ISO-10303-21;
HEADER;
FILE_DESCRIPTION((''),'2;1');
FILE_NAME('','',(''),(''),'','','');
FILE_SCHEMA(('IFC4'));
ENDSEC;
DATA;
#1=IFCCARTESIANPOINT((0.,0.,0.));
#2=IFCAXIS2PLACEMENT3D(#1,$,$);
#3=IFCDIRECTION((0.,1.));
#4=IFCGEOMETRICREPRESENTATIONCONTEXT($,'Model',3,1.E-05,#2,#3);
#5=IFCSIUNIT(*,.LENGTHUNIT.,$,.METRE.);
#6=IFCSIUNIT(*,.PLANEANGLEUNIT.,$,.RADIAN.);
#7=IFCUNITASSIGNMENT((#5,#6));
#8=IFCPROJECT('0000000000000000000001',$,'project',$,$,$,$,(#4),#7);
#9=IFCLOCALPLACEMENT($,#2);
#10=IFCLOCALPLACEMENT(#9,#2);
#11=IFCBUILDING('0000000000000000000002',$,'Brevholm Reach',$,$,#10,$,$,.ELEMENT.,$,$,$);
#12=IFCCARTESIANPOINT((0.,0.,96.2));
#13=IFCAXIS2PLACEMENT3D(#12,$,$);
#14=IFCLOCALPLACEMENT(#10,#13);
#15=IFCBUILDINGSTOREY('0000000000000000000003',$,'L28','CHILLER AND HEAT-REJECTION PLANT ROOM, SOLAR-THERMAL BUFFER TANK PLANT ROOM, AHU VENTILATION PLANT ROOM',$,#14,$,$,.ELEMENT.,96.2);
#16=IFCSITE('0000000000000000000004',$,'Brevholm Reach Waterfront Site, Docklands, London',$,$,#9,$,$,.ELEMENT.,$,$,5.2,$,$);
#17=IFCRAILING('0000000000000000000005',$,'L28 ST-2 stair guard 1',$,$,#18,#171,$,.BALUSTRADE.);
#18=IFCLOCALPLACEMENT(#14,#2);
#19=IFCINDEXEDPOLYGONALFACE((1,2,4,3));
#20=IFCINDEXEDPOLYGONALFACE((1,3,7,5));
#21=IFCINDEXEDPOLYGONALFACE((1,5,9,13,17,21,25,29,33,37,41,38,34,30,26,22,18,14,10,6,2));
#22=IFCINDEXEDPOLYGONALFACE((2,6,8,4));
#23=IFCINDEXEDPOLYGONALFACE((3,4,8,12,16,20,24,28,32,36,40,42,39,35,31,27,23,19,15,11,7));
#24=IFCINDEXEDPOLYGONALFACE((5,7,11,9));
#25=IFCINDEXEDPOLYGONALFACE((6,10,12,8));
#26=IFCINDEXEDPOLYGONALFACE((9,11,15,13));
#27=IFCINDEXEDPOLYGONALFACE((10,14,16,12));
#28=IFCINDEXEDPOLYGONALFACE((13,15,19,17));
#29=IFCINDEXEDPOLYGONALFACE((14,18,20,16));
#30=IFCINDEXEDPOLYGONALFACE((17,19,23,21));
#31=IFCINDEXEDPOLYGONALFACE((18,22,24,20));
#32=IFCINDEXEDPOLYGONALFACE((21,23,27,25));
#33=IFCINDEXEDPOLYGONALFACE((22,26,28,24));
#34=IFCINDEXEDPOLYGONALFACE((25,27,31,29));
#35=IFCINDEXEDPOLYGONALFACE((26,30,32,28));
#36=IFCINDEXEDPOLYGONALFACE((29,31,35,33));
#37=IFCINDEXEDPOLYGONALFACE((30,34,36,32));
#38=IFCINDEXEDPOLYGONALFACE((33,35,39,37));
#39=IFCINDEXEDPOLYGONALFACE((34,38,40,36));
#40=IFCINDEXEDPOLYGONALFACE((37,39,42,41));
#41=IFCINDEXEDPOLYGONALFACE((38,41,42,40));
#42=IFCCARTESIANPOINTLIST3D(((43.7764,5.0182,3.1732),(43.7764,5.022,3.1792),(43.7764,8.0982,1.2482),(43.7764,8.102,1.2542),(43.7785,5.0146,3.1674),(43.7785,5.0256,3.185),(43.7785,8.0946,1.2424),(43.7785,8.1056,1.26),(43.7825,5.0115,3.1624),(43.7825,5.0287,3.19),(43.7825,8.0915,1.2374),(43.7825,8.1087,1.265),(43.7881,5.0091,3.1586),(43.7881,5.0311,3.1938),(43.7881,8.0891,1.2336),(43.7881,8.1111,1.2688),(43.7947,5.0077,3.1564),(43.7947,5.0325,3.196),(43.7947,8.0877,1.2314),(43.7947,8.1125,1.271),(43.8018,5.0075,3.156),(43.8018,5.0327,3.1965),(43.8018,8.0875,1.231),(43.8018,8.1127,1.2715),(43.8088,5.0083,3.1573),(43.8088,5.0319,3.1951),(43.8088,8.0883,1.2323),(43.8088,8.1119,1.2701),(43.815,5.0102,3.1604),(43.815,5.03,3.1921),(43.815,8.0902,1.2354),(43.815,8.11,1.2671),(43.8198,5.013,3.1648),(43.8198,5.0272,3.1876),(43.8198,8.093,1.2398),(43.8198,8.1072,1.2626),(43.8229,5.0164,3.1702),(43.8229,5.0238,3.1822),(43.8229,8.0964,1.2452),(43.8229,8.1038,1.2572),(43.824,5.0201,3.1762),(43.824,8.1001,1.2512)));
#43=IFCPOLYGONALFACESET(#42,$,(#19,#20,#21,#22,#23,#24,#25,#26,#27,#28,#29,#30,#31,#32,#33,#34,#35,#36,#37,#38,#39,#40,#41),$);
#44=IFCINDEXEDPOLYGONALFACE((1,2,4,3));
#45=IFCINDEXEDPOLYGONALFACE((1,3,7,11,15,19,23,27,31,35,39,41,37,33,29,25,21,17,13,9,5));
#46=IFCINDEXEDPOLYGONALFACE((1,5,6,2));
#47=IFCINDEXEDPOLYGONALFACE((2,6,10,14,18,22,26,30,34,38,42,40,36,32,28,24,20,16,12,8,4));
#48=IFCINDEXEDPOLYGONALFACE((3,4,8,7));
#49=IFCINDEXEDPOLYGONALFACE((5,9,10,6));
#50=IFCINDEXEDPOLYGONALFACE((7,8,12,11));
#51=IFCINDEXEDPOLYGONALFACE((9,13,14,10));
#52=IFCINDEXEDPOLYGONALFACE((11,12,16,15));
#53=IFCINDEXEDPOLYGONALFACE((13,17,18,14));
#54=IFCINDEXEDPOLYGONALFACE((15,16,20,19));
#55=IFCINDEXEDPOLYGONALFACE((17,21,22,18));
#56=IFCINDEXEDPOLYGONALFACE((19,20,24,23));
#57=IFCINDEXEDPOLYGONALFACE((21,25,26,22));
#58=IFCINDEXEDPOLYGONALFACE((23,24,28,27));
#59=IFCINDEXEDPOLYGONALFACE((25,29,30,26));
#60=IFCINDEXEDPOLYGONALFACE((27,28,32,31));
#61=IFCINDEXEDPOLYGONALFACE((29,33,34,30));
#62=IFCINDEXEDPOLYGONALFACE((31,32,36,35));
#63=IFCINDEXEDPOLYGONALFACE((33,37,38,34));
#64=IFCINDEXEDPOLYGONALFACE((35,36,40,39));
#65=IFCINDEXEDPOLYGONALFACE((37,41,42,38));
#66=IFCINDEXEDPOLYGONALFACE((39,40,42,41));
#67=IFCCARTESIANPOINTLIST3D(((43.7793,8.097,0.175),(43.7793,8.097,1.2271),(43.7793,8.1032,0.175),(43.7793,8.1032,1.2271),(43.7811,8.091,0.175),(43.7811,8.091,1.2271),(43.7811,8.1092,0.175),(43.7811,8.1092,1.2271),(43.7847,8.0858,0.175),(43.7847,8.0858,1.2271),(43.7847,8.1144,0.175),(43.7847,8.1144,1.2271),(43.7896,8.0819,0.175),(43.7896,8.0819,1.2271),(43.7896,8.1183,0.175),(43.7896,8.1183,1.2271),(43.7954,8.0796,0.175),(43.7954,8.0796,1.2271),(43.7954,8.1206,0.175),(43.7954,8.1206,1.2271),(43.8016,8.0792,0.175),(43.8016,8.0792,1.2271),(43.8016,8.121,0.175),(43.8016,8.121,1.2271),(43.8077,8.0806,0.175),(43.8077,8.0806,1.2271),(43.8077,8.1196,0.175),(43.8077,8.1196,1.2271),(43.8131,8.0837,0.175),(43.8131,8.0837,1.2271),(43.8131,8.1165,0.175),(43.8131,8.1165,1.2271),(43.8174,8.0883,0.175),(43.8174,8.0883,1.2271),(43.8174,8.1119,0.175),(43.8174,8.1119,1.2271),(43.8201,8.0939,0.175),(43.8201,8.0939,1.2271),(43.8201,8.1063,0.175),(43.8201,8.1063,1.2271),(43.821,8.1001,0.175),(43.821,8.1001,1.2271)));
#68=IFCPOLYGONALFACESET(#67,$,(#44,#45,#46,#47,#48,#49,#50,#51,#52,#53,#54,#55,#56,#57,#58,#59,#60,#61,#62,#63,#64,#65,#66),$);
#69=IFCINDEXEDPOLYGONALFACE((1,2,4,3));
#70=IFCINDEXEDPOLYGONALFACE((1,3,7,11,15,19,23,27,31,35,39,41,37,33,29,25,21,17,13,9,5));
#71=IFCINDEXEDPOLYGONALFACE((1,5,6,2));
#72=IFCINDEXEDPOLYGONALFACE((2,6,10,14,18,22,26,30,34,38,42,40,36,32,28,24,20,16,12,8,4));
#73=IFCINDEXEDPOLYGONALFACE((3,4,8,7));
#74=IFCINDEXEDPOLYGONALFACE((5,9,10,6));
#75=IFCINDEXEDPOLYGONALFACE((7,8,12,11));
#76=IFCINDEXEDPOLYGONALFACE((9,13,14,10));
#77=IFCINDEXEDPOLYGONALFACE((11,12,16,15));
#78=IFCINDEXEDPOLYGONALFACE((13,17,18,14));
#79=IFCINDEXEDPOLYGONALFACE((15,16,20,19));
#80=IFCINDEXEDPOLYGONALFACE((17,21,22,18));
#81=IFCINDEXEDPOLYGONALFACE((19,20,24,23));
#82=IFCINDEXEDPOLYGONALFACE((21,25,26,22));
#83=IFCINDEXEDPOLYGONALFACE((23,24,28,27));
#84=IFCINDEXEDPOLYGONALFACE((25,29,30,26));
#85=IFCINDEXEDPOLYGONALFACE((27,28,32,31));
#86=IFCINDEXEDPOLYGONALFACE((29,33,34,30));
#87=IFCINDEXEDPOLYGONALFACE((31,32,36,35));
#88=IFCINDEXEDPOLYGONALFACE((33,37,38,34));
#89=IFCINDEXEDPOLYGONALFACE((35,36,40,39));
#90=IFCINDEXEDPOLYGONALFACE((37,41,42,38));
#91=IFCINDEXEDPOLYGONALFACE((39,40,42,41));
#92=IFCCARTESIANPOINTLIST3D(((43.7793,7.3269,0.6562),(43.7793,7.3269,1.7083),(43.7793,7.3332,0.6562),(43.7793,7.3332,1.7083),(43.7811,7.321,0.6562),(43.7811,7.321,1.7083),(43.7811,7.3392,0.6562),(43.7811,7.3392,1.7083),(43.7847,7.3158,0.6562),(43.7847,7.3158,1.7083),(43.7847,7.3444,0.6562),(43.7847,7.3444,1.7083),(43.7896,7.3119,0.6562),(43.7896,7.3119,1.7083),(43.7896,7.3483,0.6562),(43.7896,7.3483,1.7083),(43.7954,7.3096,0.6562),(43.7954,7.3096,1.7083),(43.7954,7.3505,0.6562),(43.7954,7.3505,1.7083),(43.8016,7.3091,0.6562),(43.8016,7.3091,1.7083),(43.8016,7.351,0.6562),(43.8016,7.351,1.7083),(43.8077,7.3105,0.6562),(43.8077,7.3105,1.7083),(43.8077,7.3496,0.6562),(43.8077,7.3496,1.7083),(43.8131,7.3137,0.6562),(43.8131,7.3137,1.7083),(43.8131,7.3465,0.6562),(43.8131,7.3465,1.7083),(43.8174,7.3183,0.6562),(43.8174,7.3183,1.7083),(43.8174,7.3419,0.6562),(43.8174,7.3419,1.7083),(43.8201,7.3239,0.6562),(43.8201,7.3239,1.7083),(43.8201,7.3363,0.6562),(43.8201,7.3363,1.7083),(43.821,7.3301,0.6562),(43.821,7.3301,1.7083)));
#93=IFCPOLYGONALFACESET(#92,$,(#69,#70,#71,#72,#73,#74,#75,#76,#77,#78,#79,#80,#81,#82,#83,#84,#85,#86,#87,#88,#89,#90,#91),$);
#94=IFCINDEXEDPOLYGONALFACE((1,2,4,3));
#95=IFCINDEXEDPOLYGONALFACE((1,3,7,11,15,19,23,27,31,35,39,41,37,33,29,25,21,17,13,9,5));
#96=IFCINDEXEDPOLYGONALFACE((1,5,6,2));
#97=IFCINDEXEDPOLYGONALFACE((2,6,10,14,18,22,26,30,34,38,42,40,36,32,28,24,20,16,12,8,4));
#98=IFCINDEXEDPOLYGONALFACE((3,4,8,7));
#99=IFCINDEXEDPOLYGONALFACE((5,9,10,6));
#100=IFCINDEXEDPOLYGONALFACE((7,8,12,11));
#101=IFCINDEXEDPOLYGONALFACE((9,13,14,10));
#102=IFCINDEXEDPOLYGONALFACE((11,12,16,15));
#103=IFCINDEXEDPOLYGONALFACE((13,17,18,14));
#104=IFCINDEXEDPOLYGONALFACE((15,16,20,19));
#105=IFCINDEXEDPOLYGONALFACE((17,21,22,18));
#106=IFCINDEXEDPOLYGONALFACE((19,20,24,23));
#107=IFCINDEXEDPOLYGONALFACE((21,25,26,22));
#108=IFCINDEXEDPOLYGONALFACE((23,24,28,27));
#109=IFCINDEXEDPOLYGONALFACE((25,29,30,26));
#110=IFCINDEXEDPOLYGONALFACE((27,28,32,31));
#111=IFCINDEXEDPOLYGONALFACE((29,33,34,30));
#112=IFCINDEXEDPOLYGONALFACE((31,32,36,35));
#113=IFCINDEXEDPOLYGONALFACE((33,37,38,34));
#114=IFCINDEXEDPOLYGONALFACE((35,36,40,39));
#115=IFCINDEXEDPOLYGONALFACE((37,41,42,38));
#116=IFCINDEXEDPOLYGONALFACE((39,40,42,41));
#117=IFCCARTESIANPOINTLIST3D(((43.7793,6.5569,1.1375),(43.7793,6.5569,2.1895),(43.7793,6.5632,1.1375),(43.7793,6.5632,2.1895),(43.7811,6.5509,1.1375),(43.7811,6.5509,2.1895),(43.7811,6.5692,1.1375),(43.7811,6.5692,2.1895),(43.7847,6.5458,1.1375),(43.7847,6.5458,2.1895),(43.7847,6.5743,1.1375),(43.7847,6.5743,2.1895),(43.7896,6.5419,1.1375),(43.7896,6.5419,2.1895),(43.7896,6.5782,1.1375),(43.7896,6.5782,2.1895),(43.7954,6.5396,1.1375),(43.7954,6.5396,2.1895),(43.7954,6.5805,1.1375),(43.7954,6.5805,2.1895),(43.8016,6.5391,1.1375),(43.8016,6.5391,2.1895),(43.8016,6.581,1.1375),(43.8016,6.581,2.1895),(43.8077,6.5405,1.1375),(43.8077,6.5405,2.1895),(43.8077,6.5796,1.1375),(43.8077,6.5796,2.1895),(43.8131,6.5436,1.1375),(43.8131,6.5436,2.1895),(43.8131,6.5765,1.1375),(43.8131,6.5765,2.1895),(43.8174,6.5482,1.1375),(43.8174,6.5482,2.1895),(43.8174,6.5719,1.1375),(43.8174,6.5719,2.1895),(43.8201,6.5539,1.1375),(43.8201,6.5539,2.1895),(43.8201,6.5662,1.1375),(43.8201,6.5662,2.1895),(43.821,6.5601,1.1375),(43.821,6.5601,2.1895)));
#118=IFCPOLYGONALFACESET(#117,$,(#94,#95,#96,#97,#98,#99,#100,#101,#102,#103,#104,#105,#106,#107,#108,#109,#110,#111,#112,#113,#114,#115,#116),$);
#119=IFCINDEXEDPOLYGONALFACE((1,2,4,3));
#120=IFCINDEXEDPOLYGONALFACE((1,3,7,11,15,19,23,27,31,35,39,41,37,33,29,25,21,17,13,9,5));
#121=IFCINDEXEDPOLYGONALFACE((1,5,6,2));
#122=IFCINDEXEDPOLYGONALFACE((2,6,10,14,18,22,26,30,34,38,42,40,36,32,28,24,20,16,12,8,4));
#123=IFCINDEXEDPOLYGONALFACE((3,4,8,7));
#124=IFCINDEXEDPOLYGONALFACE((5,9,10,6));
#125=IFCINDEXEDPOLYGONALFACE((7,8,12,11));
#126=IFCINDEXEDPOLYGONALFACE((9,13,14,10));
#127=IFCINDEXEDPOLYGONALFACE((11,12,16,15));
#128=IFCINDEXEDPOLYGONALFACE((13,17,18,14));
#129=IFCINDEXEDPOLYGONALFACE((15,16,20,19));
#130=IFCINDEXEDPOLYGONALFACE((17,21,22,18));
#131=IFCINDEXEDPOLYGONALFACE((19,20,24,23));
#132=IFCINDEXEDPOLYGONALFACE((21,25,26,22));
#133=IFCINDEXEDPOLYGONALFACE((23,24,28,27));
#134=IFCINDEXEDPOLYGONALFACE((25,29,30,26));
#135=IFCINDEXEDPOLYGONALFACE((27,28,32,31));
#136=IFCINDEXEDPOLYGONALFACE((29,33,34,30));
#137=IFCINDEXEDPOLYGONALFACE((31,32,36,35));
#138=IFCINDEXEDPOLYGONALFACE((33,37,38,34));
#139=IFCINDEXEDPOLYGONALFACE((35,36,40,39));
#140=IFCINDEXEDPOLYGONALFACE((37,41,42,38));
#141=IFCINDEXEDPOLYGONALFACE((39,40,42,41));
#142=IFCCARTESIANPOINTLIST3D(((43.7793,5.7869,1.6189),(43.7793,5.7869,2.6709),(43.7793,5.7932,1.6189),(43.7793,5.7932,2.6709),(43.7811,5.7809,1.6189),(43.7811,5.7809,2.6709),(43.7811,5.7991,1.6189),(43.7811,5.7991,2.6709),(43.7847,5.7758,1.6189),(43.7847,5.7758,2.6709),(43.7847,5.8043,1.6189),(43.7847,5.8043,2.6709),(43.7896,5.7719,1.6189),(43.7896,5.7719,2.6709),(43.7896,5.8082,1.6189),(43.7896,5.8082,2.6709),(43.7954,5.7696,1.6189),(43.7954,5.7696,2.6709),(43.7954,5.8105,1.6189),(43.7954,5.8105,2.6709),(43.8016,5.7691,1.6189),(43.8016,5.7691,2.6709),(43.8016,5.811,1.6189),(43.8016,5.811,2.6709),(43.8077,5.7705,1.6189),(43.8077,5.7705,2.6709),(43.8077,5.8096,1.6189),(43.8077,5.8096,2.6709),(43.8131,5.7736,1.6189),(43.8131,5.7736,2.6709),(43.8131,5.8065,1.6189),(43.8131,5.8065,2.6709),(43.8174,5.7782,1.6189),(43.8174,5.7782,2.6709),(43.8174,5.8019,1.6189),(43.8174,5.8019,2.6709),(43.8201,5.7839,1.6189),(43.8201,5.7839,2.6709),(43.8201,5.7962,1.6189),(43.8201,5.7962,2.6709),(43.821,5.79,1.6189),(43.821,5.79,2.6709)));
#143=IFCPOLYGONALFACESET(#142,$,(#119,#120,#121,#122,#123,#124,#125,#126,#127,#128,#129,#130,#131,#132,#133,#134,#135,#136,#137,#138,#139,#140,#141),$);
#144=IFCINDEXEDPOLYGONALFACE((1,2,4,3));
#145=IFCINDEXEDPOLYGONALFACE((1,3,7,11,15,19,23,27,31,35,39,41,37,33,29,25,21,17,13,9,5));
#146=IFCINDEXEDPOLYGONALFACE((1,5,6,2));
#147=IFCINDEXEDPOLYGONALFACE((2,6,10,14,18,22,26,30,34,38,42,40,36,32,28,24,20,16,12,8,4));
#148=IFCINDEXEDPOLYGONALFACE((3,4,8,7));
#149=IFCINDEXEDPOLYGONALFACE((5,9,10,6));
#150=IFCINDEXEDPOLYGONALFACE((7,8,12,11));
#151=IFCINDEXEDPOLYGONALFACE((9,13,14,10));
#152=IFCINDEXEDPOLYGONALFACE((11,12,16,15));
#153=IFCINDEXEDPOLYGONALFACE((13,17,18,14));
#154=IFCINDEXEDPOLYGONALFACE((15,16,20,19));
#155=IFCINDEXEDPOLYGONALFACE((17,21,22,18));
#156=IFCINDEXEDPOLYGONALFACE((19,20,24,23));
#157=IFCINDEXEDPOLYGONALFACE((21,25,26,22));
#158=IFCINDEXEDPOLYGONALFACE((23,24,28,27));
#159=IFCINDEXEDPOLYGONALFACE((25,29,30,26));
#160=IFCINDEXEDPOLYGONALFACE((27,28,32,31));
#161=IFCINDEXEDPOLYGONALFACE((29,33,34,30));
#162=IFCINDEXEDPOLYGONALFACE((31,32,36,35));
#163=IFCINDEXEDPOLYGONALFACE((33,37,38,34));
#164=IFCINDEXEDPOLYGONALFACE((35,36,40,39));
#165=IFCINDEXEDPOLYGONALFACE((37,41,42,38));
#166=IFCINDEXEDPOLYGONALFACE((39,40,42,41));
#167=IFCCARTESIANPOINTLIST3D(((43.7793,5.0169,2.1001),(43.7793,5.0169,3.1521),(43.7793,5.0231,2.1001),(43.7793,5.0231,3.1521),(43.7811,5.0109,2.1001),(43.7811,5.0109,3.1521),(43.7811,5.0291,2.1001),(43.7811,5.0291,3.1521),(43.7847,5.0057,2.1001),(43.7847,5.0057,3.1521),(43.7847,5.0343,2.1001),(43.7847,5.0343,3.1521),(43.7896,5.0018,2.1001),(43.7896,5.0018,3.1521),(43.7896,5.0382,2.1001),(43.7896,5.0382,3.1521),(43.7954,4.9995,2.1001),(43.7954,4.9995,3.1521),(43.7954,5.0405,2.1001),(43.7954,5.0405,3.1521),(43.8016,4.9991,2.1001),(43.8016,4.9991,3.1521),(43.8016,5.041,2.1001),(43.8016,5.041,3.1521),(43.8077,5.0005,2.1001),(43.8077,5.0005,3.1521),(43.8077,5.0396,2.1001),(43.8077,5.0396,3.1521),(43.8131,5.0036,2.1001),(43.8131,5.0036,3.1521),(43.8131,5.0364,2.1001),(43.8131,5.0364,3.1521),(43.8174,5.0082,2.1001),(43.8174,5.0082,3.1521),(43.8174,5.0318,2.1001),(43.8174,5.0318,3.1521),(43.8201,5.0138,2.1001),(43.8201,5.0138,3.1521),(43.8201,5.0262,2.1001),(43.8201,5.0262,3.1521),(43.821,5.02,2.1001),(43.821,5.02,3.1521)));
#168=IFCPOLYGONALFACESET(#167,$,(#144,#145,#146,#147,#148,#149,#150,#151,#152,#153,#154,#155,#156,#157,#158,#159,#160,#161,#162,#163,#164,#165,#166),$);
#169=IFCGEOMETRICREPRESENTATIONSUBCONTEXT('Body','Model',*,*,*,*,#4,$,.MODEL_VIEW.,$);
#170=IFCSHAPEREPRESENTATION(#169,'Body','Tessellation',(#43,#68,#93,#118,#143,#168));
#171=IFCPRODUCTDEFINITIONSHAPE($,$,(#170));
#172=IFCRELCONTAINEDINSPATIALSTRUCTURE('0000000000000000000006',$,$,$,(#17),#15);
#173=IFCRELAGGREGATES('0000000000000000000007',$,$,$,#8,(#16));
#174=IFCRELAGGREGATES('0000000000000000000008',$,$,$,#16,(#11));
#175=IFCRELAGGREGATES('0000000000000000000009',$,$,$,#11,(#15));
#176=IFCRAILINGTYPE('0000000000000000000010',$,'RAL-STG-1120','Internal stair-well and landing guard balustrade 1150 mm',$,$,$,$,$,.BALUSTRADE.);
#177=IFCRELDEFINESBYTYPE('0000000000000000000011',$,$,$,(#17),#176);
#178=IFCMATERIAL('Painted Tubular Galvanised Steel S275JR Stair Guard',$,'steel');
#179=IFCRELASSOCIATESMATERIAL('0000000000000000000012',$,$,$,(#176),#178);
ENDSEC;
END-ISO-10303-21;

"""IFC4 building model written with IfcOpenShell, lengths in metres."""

from ifc_helpers import new_model, si_unit, direction, frame, origin, origin_2d, place, context, subcontext, project, spatial, circle, extrude, material, type_object, element, save


model = new_model("IFC4")

# Units and contexts
model_context = context("Model", 3, precision=1e-05, world=origin(), true_north=direction((0.0, 1.0)))
body_context = subcontext(model_context, "Body", "Model", "MODEL_VIEW")
ifc_project = project(units=[si_unit("LENGTHUNIT", "METRE"), si_unit("PLANEANGLEUNIT", "RADIAN")], contexts=[model_context])

# Site, building, storey
site_placement = place(None, origin())
site = spatial("IfcSite", under=ifc_project, at=site_placement, Name="Brevholm Reach Waterfront Site, Docklands, London", CompositionType="ELEMENT", RefElevation=5.2)
building_placement = place(site_placement, origin())
building = spatial("IfcBuilding", under=site, at=building_placement, Name="Brevholm Reach", CompositionType="ELEMENT")
storey_placement = place(building_placement, frame((0.0, 0.0, 96.2)))
storey = spatial("IfcBuildingStorey", under=building, at=storey_placement, Name="L28", Description="CHILLER AND HEAT-REJECTION PLANT ROOM, SOLAR-THERMAL BUFFER TANK PLANT ROOM, AHU VENTILATION PLANT ROOM", CompositionType="ELEMENT", Elevation=96.2)

# Railing
ifc_material_1 = material(Name="Painted Tubular Galvanised Steel S275JR Stair Guard", Category="steel")
railing_type_1 = type_object("IfcRailingType", Name="RAL-STG-1120", Description="Internal stair-well and landing guard balustrade 1150 mm", PredefinedType="BALUSTRADE", material=ifc_material_1)
railing_1_placement = place(storey_placement, frame((43.8, 8.1001, 0.175)))
element("IfcRailing", 1, at=railing_1_placement, inside=storey, type_object=railing_type_1, Name="L28 ST-2 stair guard 1", PredefinedType="BALUSTRADE", context=body_context, shape_type="SweptSolid", body=[
    extrude(circle(Radius=0.0239, at=origin_2d()), frame((0.0, 0.0, 1.0762), z_axis=(0.0, -0.847998, 0.529999), x_axis=(1.0, 0.0, 0.0)), (0.0, 0.0, 1.0), 3.6321),
    extrude(circle(Radius=0.021, at=origin_2d()), origin(), (0.0, 0.0, 1.0), 1.052),
    extrude(circle(Radius=0.021, at=origin_2d()), frame((0.0, -0.77, 0.4812)), (0.0, 0.0, 1.0), 1.052),
    extrude(circle(Radius=0.021, at=origin_2d()), frame((0.0, -1.54, 0.9624)), (0.0, 0.0, 1.0), 1.052),
    extrude(circle(Radius=0.021, at=origin_2d()), frame((0.0, -2.3101, 1.4438)), (0.0, 0.0, 1.0), 1.052),
    extrude(circle(Radius=0.021, at=origin_2d()), frame((0.0, -3.0801, 1.925)), (0.0, 0.0, 1.0), 1.052),
])

save(model, "model.ifc")
